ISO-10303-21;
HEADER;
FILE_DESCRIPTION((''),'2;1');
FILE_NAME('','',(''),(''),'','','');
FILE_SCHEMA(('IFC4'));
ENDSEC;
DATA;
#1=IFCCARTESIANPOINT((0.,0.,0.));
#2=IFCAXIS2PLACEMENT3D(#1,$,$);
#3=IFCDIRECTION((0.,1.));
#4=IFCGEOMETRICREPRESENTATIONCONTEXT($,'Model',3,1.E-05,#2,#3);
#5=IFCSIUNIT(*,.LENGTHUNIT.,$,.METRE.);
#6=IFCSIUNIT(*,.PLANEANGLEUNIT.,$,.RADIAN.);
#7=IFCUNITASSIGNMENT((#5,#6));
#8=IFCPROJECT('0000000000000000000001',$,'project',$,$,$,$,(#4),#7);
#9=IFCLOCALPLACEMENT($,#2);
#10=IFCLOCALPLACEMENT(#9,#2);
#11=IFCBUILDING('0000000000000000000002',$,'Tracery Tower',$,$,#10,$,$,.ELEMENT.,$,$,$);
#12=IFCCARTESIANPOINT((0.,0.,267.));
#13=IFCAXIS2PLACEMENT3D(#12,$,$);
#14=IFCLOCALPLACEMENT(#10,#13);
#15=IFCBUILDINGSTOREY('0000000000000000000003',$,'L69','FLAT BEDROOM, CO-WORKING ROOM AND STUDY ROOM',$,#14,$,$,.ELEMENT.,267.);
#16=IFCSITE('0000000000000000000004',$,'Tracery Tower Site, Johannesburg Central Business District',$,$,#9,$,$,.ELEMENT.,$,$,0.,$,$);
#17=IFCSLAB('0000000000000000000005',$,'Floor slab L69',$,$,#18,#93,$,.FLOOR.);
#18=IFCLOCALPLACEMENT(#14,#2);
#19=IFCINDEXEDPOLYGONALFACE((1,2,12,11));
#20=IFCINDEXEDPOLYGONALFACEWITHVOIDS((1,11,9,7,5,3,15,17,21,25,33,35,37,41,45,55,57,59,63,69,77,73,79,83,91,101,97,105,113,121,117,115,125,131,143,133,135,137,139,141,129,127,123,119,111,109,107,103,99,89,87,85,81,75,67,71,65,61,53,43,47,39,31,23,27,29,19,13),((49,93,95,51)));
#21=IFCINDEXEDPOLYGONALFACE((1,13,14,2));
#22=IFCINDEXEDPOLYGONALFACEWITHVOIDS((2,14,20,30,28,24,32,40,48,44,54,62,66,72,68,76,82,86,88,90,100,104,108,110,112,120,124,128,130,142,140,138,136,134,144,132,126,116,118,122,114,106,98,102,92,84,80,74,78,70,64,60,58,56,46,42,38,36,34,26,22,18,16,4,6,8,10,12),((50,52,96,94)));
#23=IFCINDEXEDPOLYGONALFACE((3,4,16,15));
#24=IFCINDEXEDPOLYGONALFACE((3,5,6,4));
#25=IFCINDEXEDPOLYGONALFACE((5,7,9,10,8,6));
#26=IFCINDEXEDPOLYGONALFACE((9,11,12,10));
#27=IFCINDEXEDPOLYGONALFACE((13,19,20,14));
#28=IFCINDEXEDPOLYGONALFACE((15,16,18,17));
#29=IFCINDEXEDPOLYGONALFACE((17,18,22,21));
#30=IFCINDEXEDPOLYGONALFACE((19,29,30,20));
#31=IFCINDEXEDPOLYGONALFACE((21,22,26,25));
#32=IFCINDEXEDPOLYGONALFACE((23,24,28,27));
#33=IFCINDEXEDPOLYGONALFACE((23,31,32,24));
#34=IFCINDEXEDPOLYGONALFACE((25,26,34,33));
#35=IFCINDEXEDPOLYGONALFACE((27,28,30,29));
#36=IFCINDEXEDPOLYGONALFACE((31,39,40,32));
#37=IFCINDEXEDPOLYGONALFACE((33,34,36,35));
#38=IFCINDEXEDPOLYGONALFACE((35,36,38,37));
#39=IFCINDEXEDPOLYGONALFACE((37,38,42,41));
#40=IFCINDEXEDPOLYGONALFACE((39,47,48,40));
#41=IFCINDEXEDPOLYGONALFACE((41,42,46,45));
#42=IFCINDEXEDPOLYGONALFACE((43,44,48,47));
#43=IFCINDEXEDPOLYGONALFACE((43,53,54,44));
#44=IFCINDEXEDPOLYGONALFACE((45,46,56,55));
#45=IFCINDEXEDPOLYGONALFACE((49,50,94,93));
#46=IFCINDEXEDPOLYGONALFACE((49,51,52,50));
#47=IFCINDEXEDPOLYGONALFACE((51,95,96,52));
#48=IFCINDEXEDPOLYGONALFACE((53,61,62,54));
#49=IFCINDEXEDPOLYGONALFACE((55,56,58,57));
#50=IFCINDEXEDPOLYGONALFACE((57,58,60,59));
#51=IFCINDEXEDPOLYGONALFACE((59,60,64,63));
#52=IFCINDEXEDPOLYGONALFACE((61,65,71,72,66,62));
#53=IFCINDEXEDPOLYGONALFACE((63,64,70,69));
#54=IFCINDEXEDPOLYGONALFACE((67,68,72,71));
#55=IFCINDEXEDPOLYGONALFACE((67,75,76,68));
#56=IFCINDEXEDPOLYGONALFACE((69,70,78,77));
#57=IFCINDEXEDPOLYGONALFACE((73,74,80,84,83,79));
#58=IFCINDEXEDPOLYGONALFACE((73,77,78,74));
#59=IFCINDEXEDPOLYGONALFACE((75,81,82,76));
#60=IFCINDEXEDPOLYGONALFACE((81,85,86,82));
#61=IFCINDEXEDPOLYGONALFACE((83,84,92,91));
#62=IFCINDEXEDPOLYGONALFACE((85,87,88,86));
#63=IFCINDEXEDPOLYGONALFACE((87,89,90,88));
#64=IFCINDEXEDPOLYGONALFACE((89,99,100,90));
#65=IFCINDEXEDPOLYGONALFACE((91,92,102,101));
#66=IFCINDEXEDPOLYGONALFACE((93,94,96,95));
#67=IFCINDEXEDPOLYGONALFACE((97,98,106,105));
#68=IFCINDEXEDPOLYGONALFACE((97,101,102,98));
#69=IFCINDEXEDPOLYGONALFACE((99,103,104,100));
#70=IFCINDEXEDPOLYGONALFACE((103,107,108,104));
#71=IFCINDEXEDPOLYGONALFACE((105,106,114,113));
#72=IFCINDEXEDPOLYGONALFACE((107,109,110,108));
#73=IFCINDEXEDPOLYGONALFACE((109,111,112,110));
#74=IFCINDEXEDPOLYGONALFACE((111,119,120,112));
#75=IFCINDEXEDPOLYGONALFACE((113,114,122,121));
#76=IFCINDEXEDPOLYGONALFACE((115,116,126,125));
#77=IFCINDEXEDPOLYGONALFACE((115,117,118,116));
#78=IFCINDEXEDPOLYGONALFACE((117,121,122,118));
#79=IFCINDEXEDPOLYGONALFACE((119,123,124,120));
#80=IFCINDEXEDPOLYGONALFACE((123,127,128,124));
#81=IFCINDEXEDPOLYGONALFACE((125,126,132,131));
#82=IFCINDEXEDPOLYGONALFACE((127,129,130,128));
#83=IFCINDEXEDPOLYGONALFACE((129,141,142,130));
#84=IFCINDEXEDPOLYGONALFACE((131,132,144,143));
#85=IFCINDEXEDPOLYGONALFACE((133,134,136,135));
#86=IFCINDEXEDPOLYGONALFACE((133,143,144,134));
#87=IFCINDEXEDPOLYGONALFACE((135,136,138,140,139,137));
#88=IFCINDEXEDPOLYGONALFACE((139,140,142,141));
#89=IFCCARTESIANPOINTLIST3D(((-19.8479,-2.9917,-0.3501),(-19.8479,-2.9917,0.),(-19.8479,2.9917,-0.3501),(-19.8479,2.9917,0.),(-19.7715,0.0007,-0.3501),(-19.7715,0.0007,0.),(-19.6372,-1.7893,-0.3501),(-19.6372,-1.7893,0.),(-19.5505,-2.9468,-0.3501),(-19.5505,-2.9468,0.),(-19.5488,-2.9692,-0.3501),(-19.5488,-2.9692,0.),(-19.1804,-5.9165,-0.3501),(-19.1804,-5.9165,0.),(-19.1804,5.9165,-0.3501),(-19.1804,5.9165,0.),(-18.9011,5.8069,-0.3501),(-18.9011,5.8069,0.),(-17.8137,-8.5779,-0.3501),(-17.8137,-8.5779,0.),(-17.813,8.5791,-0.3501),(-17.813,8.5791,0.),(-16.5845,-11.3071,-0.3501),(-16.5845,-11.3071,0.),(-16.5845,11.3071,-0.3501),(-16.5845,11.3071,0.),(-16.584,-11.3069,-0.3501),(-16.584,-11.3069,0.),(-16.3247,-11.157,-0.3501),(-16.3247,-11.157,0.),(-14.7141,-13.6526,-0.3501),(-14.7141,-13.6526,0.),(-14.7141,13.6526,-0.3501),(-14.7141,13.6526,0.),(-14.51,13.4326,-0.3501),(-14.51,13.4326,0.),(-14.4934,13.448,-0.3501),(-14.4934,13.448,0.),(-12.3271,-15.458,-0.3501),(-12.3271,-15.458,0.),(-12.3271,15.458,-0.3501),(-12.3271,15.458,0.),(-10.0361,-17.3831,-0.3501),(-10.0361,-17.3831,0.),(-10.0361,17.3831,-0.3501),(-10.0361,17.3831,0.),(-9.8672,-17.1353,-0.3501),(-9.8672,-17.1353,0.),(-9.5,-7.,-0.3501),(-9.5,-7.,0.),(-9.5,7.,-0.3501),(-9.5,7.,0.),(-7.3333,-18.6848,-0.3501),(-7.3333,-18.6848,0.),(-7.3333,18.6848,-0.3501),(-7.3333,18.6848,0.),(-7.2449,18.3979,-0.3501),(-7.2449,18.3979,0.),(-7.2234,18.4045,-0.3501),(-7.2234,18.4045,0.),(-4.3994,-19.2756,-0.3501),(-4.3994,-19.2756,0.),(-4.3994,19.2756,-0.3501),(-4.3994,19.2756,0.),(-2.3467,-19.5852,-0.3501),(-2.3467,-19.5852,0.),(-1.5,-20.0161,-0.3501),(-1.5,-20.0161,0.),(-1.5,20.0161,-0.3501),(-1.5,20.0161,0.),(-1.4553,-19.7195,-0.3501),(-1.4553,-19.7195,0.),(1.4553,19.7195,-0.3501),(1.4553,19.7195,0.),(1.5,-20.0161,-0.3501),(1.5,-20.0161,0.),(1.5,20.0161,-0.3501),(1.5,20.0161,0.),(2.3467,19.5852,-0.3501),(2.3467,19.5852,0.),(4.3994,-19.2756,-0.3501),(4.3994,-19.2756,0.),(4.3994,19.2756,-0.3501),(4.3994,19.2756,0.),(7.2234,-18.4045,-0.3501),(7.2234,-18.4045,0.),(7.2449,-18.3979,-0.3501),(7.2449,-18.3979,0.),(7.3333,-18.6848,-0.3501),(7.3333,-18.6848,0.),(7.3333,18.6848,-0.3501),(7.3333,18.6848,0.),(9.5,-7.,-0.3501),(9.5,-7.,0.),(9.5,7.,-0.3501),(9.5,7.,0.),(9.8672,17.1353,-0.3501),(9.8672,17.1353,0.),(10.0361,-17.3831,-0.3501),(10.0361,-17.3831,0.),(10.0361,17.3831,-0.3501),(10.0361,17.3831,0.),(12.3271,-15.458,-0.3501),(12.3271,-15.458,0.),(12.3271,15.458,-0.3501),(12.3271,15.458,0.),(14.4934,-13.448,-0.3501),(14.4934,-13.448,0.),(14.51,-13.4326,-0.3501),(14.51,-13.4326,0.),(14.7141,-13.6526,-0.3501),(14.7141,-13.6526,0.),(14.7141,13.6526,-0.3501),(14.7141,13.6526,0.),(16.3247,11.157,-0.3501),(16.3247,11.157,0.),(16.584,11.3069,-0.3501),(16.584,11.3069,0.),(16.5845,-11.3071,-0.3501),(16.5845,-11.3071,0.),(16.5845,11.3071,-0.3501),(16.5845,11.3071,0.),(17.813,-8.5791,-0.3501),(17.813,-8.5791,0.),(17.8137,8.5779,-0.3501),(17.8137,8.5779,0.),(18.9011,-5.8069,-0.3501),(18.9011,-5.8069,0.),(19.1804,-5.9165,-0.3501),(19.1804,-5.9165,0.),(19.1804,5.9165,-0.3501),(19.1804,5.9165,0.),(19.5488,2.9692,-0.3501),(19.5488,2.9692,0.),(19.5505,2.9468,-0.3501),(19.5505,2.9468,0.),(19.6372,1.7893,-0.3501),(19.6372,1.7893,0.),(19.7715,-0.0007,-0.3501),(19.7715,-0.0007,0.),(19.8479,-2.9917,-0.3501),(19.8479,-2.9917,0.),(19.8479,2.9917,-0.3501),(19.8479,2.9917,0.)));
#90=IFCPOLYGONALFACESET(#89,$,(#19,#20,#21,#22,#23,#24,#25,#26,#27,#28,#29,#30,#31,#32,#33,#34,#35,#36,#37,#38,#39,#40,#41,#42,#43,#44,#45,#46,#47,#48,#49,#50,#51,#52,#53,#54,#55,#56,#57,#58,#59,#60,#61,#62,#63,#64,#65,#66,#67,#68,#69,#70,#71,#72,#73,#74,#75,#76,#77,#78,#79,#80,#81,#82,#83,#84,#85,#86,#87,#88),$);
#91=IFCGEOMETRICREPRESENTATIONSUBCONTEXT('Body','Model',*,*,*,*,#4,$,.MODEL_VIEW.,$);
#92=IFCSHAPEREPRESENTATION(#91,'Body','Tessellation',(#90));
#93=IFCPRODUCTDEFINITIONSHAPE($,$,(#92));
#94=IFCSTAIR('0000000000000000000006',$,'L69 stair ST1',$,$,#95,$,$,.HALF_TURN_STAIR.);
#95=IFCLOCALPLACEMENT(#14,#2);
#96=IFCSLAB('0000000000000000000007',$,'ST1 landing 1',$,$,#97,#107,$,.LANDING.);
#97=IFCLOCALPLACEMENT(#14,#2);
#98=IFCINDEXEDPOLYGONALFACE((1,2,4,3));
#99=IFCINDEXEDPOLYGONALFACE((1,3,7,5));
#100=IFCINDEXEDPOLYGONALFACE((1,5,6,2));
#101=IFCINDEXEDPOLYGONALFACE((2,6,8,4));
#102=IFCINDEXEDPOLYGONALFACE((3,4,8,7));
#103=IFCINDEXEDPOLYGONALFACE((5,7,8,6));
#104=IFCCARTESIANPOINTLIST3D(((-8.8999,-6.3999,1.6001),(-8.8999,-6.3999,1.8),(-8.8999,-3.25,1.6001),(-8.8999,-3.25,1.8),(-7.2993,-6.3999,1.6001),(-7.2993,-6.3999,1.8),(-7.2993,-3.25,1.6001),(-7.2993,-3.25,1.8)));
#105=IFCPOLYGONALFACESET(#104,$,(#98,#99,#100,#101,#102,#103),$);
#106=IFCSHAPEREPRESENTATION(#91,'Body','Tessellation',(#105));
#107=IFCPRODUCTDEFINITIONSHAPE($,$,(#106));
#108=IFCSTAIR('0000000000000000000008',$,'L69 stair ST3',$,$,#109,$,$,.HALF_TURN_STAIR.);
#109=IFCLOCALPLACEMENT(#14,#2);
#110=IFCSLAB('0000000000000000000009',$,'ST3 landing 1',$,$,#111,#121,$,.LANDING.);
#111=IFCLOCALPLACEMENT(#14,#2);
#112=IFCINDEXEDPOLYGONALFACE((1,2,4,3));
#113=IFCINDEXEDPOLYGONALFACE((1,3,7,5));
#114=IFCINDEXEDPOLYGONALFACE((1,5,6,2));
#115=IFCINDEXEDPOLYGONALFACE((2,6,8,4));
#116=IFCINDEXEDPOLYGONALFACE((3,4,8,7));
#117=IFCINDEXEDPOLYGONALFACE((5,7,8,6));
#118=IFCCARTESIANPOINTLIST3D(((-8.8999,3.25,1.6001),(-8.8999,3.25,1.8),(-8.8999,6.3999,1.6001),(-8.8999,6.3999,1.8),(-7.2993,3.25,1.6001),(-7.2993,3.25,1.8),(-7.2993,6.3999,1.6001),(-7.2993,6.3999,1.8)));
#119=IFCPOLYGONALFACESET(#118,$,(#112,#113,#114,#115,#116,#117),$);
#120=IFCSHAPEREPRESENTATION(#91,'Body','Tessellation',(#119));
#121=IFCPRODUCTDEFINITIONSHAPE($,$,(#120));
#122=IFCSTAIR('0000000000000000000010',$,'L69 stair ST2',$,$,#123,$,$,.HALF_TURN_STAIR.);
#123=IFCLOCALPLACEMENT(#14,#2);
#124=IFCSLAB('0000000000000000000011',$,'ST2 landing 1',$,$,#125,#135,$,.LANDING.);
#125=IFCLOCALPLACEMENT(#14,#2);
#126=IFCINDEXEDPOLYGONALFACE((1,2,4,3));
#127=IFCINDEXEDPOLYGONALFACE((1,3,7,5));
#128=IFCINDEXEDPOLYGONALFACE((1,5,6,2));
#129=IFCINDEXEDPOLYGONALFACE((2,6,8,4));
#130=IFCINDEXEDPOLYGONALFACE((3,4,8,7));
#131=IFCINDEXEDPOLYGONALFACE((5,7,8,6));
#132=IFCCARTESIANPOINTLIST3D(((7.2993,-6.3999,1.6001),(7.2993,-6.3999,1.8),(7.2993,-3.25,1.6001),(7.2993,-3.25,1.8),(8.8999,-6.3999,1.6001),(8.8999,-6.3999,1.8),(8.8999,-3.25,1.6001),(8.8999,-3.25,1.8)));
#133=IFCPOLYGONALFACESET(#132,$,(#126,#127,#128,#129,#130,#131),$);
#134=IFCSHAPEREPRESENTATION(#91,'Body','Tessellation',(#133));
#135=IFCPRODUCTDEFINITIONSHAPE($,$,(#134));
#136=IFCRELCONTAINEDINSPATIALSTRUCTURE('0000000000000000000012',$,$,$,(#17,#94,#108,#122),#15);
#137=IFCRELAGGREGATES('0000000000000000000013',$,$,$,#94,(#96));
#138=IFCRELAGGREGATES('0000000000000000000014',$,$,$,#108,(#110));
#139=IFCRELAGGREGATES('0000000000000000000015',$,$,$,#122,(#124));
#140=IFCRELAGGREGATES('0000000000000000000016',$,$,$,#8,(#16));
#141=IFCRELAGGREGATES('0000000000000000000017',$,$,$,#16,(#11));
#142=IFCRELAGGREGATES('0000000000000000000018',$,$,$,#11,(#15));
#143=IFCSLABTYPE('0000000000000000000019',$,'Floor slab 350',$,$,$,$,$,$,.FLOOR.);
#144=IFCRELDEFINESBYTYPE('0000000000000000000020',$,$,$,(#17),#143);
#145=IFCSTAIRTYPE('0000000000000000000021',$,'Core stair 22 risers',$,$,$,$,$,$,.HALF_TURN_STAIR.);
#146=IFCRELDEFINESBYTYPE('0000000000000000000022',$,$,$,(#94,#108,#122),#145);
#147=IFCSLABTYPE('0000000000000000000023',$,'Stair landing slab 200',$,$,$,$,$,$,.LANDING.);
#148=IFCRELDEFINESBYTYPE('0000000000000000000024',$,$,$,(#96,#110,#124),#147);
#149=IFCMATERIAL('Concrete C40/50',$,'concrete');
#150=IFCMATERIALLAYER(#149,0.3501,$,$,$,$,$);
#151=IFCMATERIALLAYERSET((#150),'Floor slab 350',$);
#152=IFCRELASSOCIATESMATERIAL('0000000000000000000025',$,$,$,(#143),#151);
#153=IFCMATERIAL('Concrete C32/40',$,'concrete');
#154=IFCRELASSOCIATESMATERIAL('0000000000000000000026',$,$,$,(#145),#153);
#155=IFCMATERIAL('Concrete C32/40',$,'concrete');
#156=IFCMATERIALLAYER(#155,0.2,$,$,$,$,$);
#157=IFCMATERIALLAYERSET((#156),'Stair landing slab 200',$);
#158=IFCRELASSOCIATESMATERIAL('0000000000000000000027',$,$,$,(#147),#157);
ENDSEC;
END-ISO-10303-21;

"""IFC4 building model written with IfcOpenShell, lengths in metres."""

from ifc_helpers import new_model, si_unit, direction, frame, origin, place, context, subcontext, project, spatial, polyline, outline, extrude, material, layer, layer_set, type_object, element, aggregate, save


model = new_model("IFC4")

# Units and contexts
model_context = context("Model", 3, precision=1e-05, world=origin(), true_north=direction((0.0, 1.0)))
body_context = subcontext(model_context, "Body", "Model", "MODEL_VIEW")
ifc_project = project(units=[si_unit("LENGTHUNIT", "METRE"), si_unit("PLANEANGLEUNIT", "RADIAN")], contexts=[model_context])

# Site, building, storey
site_placement = place(None, origin())
site = spatial("IfcSite", under=ifc_project, at=site_placement, Name="Tracery Tower Site, Johannesburg Central Business District", CompositionType="ELEMENT", RefElevation=0.0)
building_placement = place(site_placement, origin())
building = spatial("IfcBuilding", under=site, at=building_placement, Name="Tracery Tower", CompositionType="ELEMENT")
storey_placement = place(building_placement, frame((0.0, 0.0, 267.0)))
storey = spatial("IfcBuildingStorey", under=building, at=storey_placement, Name="L69", Description="FLAT BEDROOM, CO-WORKING ROOM AND STUDY ROOM", CompositionType="ELEMENT", Elevation=267.0)

# Slab
ifc_material_1 = material(Name="Concrete C40/50", Category="concrete")
ifc_layer_1 = layer(ifc_material_1, 0.3501)
ifc_layer_set_1 = layer_set([ifc_layer_1], Name="Floor slab 350")
slab_type_1 = type_object("IfcSlabType", Name="Floor slab 350", PredefinedType="FLOOR", material=ifc_layer_set_1)
slab_1_placement = place(storey_placement, frame((0.0, 0.0, -0.3501)))
element("IfcSlab", 1, at=slab_1_placement, inside=storey, type_object=slab_type_1, Name="Floor slab L69", PredefinedType="FLOOR", context=body_context, shape_type="SweptSolid", body=[
    extrude(outline(polyline([(19.5505, 2.9468), (19.5488, 2.9692), (19.8479, 2.9917), (19.1804, 5.9165), (17.8137, 8.5779), (16.3247, 11.157), (16.584, 11.3069), (16.5845, 11.3071), (14.7141, 13.6526), (12.3271, 15.458), (9.8672, 17.1353), (10.0361, 17.3831), (7.3333, 18.6848), (4.3994, 19.2756), (2.3467, 19.5852), (1.4553, 19.7195), (1.5, 20.0161), (1.5, 20.0161), (-1.5, 20.0161), (-4.3994, 19.2756), (-7.2234, 18.4045), (-7.2234, 18.4045), (-7.2449, 18.3979), (-7.3333, 18.6848), (-10.0361, 17.3831), (-12.3271, 15.458), (-14.4934, 13.448), (-14.4934, 13.448), (-14.51, 13.4326), (-14.7141, 13.6526), (-14.7141, 13.6526), (-16.5845, 11.3071), (-17.813, 8.5791), (-18.9011, 5.8069), (-19.1804, 5.9165), (-19.8479, 2.9917), (-19.7715, 0.0007), (-19.6372, -1.7893), (-19.5505, -2.9468), (-19.5505, -2.9468), (-19.5488, -2.9692), (-19.8479, -2.9917), (-19.1804, -5.9165), (-17.8137, -8.5779), (-16.3247, -11.157), (-16.584, -11.3069), (-16.5845, -11.3071), (-14.7141, -13.6526), (-12.3271, -15.458), (-9.8672, -17.1353), (-10.0361, -17.3831), (-7.3333, -18.6848), (-4.3994, -19.2756), (-2.3467, -19.5852), (-1.4553, -19.7195), (-1.5, -20.0161), (-1.5, -20.0161), (1.5, -20.0161), (4.3994, -19.2756), (7.2234, -18.4045), (7.2234, -18.4045), (7.2449, -18.3979), (7.3333, -18.6848), (10.0361, -17.3831), (12.3271, -15.458), (14.4934, -13.448), (14.4934, -13.448), (14.51, -13.4326), (14.7141, -13.6526), (14.7141, -13.6526), (16.5845, -11.3071), (17.813, -8.5791), (18.9011, -5.8069), (19.1804, -5.9165), (19.8479, -2.9917), (19.7715, -0.0007), (19.6372, 1.7893), (19.5505, 2.9468), (19.5505, 2.9468)]), holes=[polyline([(-9.5, -7.0), (9.5, -7.0), (9.5, 7.0), (-9.5, 7.0), (-9.5, -7.0)])]), origin(), (0.0, 0.0, 1.0), 0.3501),
])

# Stairs, slabs
ifc_material_2 = material(Name="Concrete C32/40", Category="concrete")
stair_type = type_object("IfcStairType", Name="Core stair 22 risers", PredefinedType="HALF_TURN_STAIR", material=ifc_material_2)
stair_1_placement = place(storey_placement, origin())
stair_1 = element("IfcStair", 2, at=stair_1_placement, inside=storey, type_object=stair_type, Name="L69 stair ST1", PredefinedType="HALF_TURN_STAIR")
ifc_material_3 = material(Name="Concrete C32/40", Category="concrete")
ifc_layer_2 = layer(ifc_material_3, 0.2)
ifc_layer_set_2 = layer_set([ifc_layer_2], Name="Stair landing slab 200")
slab_type_2 = type_object("IfcSlabType", Name="Stair landing slab 200", PredefinedType="LANDING", material=ifc_layer_set_2)
slab_2_placement = place(storey_placement, frame((0.0, 0.0, 1.6001)))
slab_2 = element("IfcSlab", 3, at=slab_2_placement, type_object=slab_type_2, Name="ST1 landing 1", PredefinedType="LANDING", context=body_context, shape_type="SweptSolid", body=[
    extrude(outline(polyline([(-7.2993, -3.25), (-8.8999, -3.25), (-8.8999, -6.3999), (-7.2993, -6.3999), (-7.2993, -3.25)])), origin(), (0.0, 0.0, 1.0), 0.2),
])
aggregate(stair_1, [slab_2])
stair_2_placement = place(storey_placement, origin())
stair_2 = element("IfcStair", 4, at=stair_2_placement, inside=storey, type_object=stair_type, Name="L69 stair ST3", PredefinedType="HALF_TURN_STAIR")
slab_3_placement = place(storey_placement, frame((0.0, 0.0, 1.6001)))
slab_3 = element("IfcSlab", 5, at=slab_3_placement, type_object=slab_type_2, Name="ST3 landing 1", PredefinedType="LANDING", context=body_context, shape_type="SweptSolid", body=[
    extrude(outline(polyline([(-7.2993, 6.3999), (-8.8999, 6.3999), (-8.8999, 3.25), (-7.2993, 3.25), (-7.2993, 6.3999)])), origin(), (0.0, 0.0, 1.0), 0.2),
])
aggregate(stair_2, [slab_3])
stair_3_placement = place(storey_placement, origin())
stair_3 = element("IfcStair", 6, at=stair_3_placement, inside=storey, type_object=stair_type, Name="L69 stair ST2", PredefinedType="HALF_TURN_STAIR")
slab_4_placement = place(storey_placement, frame((0.0, 0.0, 1.6001)))
slab_4 = element("IfcSlab", 7, at=slab_4_placement, type_object=slab_type_2, Name="ST2 landing 1", PredefinedType="LANDING", context=body_context, shape_type="SweptSolid", body=[
    extrude(outline(polyline([(7.2993, -6.3999), (8.8999, -6.3999), (8.8999, -3.25), (7.2993, -3.25), (7.2993, -6.3999)])), origin(), (0.0, 0.0, 1.0), 0.2),
])
aggregate(stair_3, [slab_4])

save(model, "model.ifc")
